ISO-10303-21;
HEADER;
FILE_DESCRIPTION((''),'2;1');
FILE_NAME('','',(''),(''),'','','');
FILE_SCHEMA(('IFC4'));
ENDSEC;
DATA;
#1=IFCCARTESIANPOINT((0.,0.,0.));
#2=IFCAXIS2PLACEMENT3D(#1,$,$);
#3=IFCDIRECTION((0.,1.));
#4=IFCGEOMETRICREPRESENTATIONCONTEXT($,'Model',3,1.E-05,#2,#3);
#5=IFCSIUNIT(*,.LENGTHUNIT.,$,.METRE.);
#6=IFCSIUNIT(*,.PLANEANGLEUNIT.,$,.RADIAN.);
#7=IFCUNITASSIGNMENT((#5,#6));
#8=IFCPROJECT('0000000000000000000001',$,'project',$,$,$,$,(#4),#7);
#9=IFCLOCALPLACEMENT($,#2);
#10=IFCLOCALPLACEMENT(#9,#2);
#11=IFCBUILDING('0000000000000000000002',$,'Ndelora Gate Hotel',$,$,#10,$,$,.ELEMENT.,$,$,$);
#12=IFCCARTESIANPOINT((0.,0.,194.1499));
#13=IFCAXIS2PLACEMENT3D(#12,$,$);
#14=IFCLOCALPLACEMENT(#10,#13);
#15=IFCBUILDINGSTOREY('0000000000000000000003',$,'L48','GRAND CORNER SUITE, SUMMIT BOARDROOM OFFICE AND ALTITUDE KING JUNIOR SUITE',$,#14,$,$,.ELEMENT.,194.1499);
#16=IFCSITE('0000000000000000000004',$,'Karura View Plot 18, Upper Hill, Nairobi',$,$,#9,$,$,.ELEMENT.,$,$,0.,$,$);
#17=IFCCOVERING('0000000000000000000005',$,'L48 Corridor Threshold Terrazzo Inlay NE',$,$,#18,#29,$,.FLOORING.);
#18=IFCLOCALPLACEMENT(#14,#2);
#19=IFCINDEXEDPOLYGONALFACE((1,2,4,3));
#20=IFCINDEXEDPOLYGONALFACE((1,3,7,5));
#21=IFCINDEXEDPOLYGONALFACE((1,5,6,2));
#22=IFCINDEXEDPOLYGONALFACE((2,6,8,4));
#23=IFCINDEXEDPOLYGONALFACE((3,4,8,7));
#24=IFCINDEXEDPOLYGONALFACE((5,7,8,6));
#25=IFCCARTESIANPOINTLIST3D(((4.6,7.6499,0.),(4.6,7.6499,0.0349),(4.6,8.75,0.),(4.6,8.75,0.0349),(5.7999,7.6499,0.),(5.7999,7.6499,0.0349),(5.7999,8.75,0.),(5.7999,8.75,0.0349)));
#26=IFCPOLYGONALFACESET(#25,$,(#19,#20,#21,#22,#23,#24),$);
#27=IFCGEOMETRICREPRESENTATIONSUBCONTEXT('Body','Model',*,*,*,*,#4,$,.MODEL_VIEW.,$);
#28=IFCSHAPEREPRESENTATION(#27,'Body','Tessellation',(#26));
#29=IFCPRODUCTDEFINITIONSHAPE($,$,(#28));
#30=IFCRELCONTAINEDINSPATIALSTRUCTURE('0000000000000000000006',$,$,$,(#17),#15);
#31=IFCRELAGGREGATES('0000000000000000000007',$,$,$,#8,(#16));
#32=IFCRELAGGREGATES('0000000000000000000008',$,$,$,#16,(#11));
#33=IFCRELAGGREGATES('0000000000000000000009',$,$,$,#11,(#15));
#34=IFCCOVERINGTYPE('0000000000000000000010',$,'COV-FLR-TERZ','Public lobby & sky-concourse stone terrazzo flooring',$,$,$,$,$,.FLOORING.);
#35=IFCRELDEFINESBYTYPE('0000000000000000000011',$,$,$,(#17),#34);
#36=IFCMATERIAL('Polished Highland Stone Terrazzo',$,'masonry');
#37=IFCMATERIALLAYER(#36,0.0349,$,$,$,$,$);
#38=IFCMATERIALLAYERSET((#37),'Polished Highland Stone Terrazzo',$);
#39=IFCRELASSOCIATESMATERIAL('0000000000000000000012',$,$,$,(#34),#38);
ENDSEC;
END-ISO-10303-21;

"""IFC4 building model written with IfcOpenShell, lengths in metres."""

from ifc_helpers import new_model, si_unit, direction, frame, origin, origin_2d, place, context, subcontext, project, spatial, rectangle, extrude, material, layer, layer_set, type_object, element, save


model = new_model("IFC4")

# Units and contexts
model_context = context("Model", 3, precision=1e-05, world=origin(), true_north=direction((0.0, 1.0)))
body_context = subcontext(model_context, "Body", "Model", "MODEL_VIEW")
ifc_project = project(units=[si_unit("LENGTHUNIT", "METRE"), si_unit("PLANEANGLEUNIT", "RADIAN")], contexts=[model_context])

# Site, building, storey
site_placement = place(None, origin())
site = spatial("IfcSite", under=ifc_project, at=site_placement, Name="Karura View Plot 18, Upper Hill, Nairobi", CompositionType="ELEMENT", RefElevation=0.0)
building_placement = place(site_placement, origin())
building = spatial("IfcBuilding", under=site, at=building_placement, Name="Ndelora Gate Hotel", CompositionType="ELEMENT")
storey_placement = place(building_placement, frame((0.0, 0.0, 194.1499)))
storey = spatial("IfcBuildingStorey", under=building, at=storey_placement, Name="L48", Description="GRAND CORNER SUITE, SUMMIT BOARDROOM OFFICE AND ALTITUDE KING JUNIOR SUITE", CompositionType="ELEMENT", Elevation=194.1499)

# Covering
ifc_material_1 = material(Name="Polished Highland Stone Terrazzo", Category="masonry")
ifc_layer_1 = layer(ifc_material_1, 0.0349)
ifc_layer_set_1 = layer_set([ifc_layer_1], Name="Polished Highland Stone Terrazzo")
covering_type_1 = type_object("IfcCoveringType", Name="COV-FLR-TERZ", Description="Public lobby & sky-concourse stone terrazzo flooring", PredefinedType="FLOORING", material=ifc_layer_set_1)
covering_1_placement = place(storey_placement, frame((5.2, 8.2, 0.0), z_axis=(0.0, 0.0, 1.0), x_axis=(1.0, 0.0, 0.0)))
element("IfcCovering", 1, at=covering_1_placement, inside=storey, type_object=covering_type_1, Name="L48 Corridor Threshold Terrazzo Inlay NE", PredefinedType="FLOORING", context=body_context, shape_type="SweptSolid", body=[
    extrude(rectangle(XDim=1.2, YDim=1.1001, at=origin_2d()), origin(), (0.0, 0.0, 1.0), 0.0349),
])

save(model, "model.ifc")
